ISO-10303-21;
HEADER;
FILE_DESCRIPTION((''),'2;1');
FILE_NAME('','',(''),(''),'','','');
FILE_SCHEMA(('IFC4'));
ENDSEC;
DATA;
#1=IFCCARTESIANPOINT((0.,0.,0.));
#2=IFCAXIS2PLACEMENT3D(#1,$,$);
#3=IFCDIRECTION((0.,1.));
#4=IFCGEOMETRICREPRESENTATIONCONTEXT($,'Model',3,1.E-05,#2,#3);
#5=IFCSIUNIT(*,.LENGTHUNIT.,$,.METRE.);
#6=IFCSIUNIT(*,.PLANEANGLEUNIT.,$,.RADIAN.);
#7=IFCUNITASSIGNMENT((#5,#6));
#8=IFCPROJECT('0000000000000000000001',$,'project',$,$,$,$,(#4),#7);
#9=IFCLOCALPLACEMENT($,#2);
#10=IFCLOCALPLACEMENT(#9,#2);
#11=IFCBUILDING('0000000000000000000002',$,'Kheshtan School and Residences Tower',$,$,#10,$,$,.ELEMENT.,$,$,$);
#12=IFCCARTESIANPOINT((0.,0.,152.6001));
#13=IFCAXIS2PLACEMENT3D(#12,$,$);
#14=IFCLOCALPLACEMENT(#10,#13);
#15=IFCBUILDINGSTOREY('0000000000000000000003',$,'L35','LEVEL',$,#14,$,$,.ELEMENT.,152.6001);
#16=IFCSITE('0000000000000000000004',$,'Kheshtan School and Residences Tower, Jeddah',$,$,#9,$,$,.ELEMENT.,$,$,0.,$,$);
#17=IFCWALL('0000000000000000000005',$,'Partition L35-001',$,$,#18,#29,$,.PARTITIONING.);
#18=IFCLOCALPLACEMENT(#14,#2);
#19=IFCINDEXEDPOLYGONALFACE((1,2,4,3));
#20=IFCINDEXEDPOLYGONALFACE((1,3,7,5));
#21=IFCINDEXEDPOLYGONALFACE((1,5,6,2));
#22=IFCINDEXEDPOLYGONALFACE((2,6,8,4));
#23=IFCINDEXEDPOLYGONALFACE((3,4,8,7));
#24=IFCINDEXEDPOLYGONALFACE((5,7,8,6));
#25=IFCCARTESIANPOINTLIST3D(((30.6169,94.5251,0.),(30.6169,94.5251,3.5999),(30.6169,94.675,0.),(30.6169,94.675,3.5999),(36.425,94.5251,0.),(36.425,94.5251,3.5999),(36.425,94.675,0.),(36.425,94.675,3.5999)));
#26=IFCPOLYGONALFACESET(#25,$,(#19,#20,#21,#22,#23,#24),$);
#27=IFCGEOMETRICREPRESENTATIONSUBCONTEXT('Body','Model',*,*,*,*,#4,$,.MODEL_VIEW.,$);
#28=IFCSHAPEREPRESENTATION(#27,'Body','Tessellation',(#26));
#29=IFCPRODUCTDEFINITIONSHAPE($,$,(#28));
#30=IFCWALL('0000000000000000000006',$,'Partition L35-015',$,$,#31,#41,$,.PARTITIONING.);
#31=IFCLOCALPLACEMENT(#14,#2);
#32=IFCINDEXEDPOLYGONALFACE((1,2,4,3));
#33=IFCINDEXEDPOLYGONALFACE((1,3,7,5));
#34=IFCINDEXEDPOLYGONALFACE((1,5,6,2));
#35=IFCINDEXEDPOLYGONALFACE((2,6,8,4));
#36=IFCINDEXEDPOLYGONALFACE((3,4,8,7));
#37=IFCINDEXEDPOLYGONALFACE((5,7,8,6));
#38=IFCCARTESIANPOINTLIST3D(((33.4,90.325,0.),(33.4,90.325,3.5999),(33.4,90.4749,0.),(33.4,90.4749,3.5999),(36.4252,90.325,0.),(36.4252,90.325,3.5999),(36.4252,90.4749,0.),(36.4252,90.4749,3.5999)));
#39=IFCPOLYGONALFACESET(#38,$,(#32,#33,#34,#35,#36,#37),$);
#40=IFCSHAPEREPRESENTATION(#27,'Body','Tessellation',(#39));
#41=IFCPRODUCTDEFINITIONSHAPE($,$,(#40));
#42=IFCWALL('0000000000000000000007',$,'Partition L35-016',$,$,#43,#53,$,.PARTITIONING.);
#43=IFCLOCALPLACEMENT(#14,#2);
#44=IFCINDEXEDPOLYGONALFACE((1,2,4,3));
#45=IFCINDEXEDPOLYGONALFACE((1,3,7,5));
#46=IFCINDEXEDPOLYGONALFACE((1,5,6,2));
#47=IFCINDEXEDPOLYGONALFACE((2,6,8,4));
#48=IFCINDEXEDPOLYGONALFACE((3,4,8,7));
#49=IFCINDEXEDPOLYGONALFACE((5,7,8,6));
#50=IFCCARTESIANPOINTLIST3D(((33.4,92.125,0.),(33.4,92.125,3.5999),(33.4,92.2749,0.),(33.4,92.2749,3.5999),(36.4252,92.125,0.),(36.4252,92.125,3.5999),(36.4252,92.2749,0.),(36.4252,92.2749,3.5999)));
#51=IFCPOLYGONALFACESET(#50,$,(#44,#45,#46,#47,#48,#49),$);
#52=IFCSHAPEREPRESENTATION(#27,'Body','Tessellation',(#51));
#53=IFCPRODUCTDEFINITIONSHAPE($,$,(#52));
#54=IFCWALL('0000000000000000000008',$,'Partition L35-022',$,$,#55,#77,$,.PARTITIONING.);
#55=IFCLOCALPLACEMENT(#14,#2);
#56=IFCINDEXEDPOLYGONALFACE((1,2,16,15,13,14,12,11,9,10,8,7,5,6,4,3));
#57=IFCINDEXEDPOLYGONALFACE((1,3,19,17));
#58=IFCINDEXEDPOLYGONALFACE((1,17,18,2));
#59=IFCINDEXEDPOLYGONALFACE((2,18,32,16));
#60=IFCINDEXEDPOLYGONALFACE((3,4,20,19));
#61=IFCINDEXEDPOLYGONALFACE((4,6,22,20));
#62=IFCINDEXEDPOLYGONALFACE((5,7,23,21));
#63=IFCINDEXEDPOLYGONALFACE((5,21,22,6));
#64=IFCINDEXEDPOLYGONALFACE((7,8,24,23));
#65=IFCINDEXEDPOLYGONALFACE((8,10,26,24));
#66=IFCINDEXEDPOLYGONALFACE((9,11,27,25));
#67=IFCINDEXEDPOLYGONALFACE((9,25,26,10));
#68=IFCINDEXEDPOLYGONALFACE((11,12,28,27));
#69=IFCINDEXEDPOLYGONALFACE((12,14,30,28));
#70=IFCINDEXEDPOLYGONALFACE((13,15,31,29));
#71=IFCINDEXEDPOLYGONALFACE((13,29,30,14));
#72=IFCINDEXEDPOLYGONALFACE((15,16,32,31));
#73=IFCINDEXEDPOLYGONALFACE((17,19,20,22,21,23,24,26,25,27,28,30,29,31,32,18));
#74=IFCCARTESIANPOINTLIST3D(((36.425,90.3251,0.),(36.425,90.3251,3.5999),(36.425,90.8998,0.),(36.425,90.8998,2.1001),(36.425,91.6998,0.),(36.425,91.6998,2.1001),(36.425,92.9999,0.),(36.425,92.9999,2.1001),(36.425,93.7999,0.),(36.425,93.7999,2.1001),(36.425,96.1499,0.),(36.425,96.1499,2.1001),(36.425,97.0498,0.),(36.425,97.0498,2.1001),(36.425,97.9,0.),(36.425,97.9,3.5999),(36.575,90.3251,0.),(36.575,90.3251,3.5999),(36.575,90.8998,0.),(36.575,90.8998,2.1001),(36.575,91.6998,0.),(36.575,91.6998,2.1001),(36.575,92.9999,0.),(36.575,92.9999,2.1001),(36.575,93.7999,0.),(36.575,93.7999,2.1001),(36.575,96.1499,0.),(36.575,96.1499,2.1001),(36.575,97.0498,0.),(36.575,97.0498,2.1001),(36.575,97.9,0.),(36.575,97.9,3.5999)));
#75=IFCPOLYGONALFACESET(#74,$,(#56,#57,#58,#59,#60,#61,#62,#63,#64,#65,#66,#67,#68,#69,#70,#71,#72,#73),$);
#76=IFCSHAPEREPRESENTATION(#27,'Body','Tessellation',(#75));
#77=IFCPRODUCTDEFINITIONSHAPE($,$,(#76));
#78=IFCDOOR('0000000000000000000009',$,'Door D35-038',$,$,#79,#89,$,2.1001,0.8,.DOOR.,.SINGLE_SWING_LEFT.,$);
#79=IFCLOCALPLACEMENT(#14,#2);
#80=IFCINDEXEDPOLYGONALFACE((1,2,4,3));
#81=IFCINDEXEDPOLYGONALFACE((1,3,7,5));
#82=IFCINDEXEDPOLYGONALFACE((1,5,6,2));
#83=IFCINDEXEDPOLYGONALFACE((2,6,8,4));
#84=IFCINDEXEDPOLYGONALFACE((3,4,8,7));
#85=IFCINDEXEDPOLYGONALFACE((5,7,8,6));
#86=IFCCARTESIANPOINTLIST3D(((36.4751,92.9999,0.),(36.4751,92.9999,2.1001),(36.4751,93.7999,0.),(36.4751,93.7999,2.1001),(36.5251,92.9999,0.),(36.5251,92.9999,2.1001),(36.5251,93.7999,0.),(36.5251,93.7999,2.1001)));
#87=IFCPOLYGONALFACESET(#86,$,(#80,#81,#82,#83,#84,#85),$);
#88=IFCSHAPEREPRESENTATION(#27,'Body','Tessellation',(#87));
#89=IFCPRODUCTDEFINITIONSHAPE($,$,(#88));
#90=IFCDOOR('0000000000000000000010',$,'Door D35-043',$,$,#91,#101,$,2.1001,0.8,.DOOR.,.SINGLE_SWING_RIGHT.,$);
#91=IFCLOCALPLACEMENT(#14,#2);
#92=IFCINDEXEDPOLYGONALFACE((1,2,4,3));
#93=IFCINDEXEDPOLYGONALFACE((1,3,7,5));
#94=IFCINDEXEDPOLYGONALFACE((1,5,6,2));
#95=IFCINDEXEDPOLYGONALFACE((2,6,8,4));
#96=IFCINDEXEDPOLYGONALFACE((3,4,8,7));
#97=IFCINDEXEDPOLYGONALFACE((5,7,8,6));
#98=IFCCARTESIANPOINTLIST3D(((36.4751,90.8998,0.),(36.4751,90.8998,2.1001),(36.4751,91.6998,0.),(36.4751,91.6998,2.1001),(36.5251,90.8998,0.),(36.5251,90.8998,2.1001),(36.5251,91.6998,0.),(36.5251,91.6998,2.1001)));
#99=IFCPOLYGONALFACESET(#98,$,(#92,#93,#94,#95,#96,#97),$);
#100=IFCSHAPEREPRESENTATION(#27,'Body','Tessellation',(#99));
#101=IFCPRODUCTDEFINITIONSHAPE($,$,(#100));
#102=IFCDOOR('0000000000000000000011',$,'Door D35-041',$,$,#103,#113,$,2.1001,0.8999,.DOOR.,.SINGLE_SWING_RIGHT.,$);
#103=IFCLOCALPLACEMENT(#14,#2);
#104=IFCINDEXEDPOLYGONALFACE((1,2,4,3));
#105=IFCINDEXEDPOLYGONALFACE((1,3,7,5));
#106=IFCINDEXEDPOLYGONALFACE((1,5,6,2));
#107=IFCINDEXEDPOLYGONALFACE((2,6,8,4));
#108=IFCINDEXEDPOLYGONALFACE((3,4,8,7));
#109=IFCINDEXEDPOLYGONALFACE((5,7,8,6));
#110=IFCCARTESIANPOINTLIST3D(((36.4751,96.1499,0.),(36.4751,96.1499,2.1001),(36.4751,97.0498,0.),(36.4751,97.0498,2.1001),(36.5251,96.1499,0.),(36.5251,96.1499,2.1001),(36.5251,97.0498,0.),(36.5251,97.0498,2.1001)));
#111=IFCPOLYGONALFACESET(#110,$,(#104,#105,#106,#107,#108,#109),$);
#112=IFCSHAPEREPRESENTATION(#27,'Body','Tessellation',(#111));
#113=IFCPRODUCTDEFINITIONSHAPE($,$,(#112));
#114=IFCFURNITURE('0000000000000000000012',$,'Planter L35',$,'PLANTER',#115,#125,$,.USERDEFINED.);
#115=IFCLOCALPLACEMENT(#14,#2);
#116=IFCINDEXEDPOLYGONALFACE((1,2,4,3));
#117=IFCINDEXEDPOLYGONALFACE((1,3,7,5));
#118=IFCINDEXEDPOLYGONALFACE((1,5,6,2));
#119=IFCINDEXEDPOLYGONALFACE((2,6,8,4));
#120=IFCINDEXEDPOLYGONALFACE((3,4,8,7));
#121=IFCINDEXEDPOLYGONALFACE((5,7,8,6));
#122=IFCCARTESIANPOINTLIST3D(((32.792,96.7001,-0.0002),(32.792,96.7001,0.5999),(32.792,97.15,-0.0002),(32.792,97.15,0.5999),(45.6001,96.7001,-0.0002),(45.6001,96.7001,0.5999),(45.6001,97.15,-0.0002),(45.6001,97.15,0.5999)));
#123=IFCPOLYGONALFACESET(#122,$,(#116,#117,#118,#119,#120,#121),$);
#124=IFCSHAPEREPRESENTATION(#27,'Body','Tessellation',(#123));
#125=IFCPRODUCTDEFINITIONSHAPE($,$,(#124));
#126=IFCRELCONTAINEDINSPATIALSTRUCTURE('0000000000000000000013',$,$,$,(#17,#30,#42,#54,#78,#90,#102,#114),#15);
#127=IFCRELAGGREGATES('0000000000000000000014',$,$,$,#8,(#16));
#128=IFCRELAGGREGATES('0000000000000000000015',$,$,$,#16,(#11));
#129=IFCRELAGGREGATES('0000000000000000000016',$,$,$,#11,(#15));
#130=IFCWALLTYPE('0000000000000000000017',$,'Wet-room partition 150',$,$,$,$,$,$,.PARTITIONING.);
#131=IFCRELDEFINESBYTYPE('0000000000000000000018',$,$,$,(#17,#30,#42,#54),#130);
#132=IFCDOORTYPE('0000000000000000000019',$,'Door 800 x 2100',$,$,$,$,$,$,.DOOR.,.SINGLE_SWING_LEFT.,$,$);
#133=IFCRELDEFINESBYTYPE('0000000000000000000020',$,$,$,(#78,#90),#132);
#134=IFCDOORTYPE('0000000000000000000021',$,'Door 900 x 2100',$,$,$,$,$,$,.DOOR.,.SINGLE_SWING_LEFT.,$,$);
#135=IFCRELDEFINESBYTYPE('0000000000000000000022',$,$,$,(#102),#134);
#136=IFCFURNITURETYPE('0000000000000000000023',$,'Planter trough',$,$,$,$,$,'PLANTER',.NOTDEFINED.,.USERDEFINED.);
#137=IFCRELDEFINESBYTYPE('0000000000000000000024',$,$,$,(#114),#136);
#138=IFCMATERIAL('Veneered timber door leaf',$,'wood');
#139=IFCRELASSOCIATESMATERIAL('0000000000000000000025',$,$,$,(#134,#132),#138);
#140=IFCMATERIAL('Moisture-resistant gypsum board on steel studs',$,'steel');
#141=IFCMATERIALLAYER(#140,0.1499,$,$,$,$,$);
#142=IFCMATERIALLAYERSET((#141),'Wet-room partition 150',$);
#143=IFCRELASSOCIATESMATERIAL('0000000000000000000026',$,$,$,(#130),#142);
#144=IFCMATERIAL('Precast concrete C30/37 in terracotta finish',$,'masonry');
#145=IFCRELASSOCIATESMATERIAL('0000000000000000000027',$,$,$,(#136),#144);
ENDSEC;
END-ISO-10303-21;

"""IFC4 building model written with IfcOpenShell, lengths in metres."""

from ifc_helpers import new_model, si_unit, direction, frame, frame_2d, origin, origin_2d, place, context, subcontext, project, spatial, rectangle, extrude, source, transform, mapped, material, layer, layer_set, type_object, element, fill, save


model = new_model("IFC4")

# Units and contexts
model_context = context("Model", 3, precision=1e-05, world=origin(), true_north=direction((0.0, 1.0)))
body_context = subcontext(model_context, "Body", "Model", "MODEL_VIEW")
ifc_project = project(units=[si_unit("LENGTHUNIT", "METRE"), si_unit("PLANEANGLEUNIT", "RADIAN")], contexts=[model_context])

# Site, building, storey
site_placement = place(None, origin())
site = spatial("IfcSite", under=ifc_project, at=site_placement, Name="Kheshtan School and Residences Tower, Jeddah", CompositionType="ELEMENT", RefElevation=0.0)
building_placement = place(site_placement, origin())
building = spatial("IfcBuilding", under=site, at=building_placement, Name="Kheshtan School and Residences Tower", CompositionType="ELEMENT")
storey_placement = place(building_placement, frame((0.0, 0.0, 152.6001)))
storey = spatial("IfcBuildingStorey", under=building, at=storey_placement, Name="L35", Description="LEVEL", CompositionType="ELEMENT", Elevation=152.6001)

# Shared definitions
ifc_material_1 = material(Name="Veneered timber door leaf", Category="wood")
door_type_1 = type_object("IfcDoorType", Name="Door 900 x 2100", OperationType="SINGLE_SWING_LEFT", PredefinedType="DOOR", material=ifc_material_1)
shared_shape_1 = source(origin(), body_context, "Body", "SweptSolid", [
    extrude(rectangle(XDim=0.8999, YDim=2.1001, at=frame_2d((0.45, 1.05))), frame((0.0, 0.0249, 0.0), z_axis=(0.0, -1.0, 0.0), x_axis=(1.0, 0.0, 0.0)), (0.0, 0.0, 1.0), 0.05),
])

# Walls
ifc_material_2 = material(Name="Moisture-resistant gypsum board on steel studs", Category="steel")
ifc_layer_1 = layer(ifc_material_2, 0.1499)
ifc_layer_set_1 = layer_set([ifc_layer_1], Name="Wet-room partition 150")
wall_type_1 = type_object("IfcWallType", Name="Wet-room partition 150", PredefinedType="PARTITIONING", material=ifc_layer_set_1)
wall_1_placement = place(storey_placement, frame((30.6169, 94.6001, 0.0), z_axis=(0.0, 0.0, 1.0), x_axis=(1.0, 0.0, 0.0)))
element("IfcWall", 1, at=wall_1_placement, inside=storey, type_object=wall_type_1, Name="Partition L35-001", PredefinedType="PARTITIONING", context=body_context, shape_type="SweptSolid", body=[
    extrude(rectangle(XDim=5.8081, YDim=0.1499, at=frame_2d((2.9041, 0.0))), origin(), (0.0, 0.0, 1.0), 3.5999),
])
for number, where, z_axis, x_axis, name in (
    (2, (33.3999, 90.3999, 0.0), (0.0, 0.0, 1.0), (1.0, 0.0, 0.0), "Partition L35-015"),
    (3, (33.3999, 92.2, 0.0), (0.0, 0.0, 1.0), (1.0, 0.0, 0.0), "Partition L35-016"),
):
    element("IfcWall", number, at=place(storey_placement, frame(where, z_axis=z_axis, x_axis=x_axis)), inside=storey, type_object=wall_type_1, Name=name, PredefinedType="PARTITIONING", context=body_context, shape_type="SweptSolid", body=[
        extrude(rectangle(XDim=3.0251, YDim=0.1499, at=frame_2d((1.5127, 0.0))), origin(), (0.0, 0.0, 1.0), 3.5999),
    ])

# Wall, openings, doors
wall_2_placement = place(storey_placement, frame((36.5, 90.325, 0.0), z_axis=(0.0, 0.0, 1.0), x_axis=(0.0, 1.0, 0.0)))
wall_2 = element("IfcWall", 4, at=wall_2_placement, inside=storey, type_object=wall_type_1, Name="Partition L35-022", PredefinedType="PARTITIONING", context=body_context, shape_type="SweptSolid", body=[
    extrude(rectangle(XDim=7.575, YDim=0.1499, at=frame_2d((3.7876, 0.0))), origin(), (0.0, 0.0, 1.0), 3.5999),
])
opening_1_placement = place(wall_2_placement, frame((2.675, 0.0, 0.0)))
opening_1 = element("IfcOpeningElement", 5, at=opening_1_placement, cuts=wall_2, PredefinedType="OPENING", context=body_context, shape_type="SweptSolid", body=[
    extrude(rectangle(XDim=0.8, YDim=2.1001, at=frame_2d((0.3999, 1.05))), frame((0.0, 0.085, 0.0), z_axis=(0.0, -1.0, 0.0), x_axis=(1.0, 0.0, 0.0)), (0.0, 0.0, 1.0), 0.1699),
])
opening_2_placement = place(wall_2_placement, frame((5.825, 0.0, 0.0)))
opening_2 = element("IfcOpeningElement", 6, at=opening_2_placement, cuts=wall_2, PredefinedType="OPENING", context=body_context, shape_type="SweptSolid", body=[
    extrude(rectangle(XDim=0.8999, YDim=2.1001, at=frame_2d((0.45, 1.05))), frame((0.0, 0.085, 0.0), z_axis=(0.0, -1.0, 0.0), x_axis=(1.0, 0.0, 0.0)), (0.0, 0.0, 1.0), 0.1699),
])
opening_3_placement = place(wall_2_placement, frame((0.575, 0.0, 0.0)))
opening_3 = element("IfcOpeningElement", 7, at=opening_3_placement, cuts=wall_2, PredefinedType="OPENING", context=body_context, shape_type="SweptSolid", body=[
    extrude(rectangle(XDim=0.8, YDim=2.1001, at=frame_2d((0.3999, 1.05))), frame((0.0, 0.085, 0.0), z_axis=(0.0, -1.0, 0.0), x_axis=(1.0, 0.0, 0.0)), (0.0, 0.0, 1.0), 0.1699),
])
door_type_2 = type_object("IfcDoorType", Name="Door 800 x 2100", OperationType="SINGLE_SWING_LEFT", PredefinedType="DOOR", material=ifc_material_1)
shared_shape_2 = source(origin(), body_context, "Body", "SweptSolid", [
    extrude(rectangle(XDim=0.8, YDim=2.1001, at=frame_2d((0.3999, 1.05))), frame((0.0, 0.0249, 0.0), z_axis=(0.0, -1.0, 0.0), x_axis=(1.0, 0.0, 0.0)), (0.0, 0.0, 1.0), 0.05),
])
door_1_placement = place(opening_1_placement, origin())
door_1 = element("IfcDoor", 8, at=door_1_placement, inside=storey, type_object=door_type_2, Name="Door D35-038", OperationType="SINGLE_SWING_LEFT", OverallHeight=2.1001, OverallWidth=0.8, PredefinedType="DOOR", context=body_context, shape_type="MappedRepresentation", body=[
    mapped(shared_shape_2, transform((0.0, 0.0, 0.0), x_axis=(1.0, 0.0, 0.0), y_axis=(0.0, 1.0, 0.0), z_axis=(0.0, 0.0, 1.0), scale=1.0)),
])
fill(opening_1, door_1)
door_2_placement = place(opening_3_placement, origin())
door_2 = element("IfcDoor", 9, at=door_2_placement, inside=storey, type_object=door_type_2, Name="Door D35-043", OperationType="SINGLE_SWING_RIGHT", OverallHeight=2.1001, OverallWidth=0.8, PredefinedType="DOOR", context=body_context, shape_type="MappedRepresentation", body=[
    mapped(shared_shape_2, transform((0.0, 0.0, 0.0), x_axis=(1.0, 0.0, 0.0), y_axis=(0.0, 1.0, 0.0), z_axis=(0.0, 0.0, 1.0), scale=1.0)),
])
fill(opening_3, door_2)
door_3_placement = place(opening_2_placement, origin())
door_3 = element("IfcDoor", 10, at=door_3_placement, inside=storey, type_object=door_type_1, Name="Door D35-041", OperationType="SINGLE_SWING_RIGHT", OverallHeight=2.1001, OverallWidth=0.8999, PredefinedType="DOOR", context=body_context, shape_type="MappedRepresentation", body=[
    mapped(shared_shape_1, transform((0.0, 0.0, 0.0), x_axis=(1.0, 0.0, 0.0), y_axis=(0.0, 1.0, 0.0), z_axis=(0.0, 0.0, 1.0), scale=1.0)),
])
fill(opening_2, door_3)

# Furniture
ifc_material_3 = material(Name="Precast concrete C30/37 in terracotta finish", Category="masonry")
furniture_type = type_object("IfcFurnitureType", Name="Planter trough", ElementType="PLANTER", AssemblyPlace="NOTDEFINED", PredefinedType="USERDEFINED", material=ifc_material_3)
furniture_placement = place(storey_placement, frame((39.196, 96.925, -0.0002), z_axis=(0.0, 0.0, 1.0), x_axis=(1.0, 0.0, 0.0)))
element("IfcFurniture", 11, at=furniture_placement, inside=storey, type_object=furniture_type, Name="Planter L35", ObjectType="PLANTER", PredefinedType="USERDEFINED", context=body_context, shape_type="SweptSolid", body=[
    extrude(rectangle(XDim=12.8081, YDim=0.45, at=origin_2d()), origin(), (0.0, 0.0, 1.0), 0.6001),
])

save(model, "model.ifc")
